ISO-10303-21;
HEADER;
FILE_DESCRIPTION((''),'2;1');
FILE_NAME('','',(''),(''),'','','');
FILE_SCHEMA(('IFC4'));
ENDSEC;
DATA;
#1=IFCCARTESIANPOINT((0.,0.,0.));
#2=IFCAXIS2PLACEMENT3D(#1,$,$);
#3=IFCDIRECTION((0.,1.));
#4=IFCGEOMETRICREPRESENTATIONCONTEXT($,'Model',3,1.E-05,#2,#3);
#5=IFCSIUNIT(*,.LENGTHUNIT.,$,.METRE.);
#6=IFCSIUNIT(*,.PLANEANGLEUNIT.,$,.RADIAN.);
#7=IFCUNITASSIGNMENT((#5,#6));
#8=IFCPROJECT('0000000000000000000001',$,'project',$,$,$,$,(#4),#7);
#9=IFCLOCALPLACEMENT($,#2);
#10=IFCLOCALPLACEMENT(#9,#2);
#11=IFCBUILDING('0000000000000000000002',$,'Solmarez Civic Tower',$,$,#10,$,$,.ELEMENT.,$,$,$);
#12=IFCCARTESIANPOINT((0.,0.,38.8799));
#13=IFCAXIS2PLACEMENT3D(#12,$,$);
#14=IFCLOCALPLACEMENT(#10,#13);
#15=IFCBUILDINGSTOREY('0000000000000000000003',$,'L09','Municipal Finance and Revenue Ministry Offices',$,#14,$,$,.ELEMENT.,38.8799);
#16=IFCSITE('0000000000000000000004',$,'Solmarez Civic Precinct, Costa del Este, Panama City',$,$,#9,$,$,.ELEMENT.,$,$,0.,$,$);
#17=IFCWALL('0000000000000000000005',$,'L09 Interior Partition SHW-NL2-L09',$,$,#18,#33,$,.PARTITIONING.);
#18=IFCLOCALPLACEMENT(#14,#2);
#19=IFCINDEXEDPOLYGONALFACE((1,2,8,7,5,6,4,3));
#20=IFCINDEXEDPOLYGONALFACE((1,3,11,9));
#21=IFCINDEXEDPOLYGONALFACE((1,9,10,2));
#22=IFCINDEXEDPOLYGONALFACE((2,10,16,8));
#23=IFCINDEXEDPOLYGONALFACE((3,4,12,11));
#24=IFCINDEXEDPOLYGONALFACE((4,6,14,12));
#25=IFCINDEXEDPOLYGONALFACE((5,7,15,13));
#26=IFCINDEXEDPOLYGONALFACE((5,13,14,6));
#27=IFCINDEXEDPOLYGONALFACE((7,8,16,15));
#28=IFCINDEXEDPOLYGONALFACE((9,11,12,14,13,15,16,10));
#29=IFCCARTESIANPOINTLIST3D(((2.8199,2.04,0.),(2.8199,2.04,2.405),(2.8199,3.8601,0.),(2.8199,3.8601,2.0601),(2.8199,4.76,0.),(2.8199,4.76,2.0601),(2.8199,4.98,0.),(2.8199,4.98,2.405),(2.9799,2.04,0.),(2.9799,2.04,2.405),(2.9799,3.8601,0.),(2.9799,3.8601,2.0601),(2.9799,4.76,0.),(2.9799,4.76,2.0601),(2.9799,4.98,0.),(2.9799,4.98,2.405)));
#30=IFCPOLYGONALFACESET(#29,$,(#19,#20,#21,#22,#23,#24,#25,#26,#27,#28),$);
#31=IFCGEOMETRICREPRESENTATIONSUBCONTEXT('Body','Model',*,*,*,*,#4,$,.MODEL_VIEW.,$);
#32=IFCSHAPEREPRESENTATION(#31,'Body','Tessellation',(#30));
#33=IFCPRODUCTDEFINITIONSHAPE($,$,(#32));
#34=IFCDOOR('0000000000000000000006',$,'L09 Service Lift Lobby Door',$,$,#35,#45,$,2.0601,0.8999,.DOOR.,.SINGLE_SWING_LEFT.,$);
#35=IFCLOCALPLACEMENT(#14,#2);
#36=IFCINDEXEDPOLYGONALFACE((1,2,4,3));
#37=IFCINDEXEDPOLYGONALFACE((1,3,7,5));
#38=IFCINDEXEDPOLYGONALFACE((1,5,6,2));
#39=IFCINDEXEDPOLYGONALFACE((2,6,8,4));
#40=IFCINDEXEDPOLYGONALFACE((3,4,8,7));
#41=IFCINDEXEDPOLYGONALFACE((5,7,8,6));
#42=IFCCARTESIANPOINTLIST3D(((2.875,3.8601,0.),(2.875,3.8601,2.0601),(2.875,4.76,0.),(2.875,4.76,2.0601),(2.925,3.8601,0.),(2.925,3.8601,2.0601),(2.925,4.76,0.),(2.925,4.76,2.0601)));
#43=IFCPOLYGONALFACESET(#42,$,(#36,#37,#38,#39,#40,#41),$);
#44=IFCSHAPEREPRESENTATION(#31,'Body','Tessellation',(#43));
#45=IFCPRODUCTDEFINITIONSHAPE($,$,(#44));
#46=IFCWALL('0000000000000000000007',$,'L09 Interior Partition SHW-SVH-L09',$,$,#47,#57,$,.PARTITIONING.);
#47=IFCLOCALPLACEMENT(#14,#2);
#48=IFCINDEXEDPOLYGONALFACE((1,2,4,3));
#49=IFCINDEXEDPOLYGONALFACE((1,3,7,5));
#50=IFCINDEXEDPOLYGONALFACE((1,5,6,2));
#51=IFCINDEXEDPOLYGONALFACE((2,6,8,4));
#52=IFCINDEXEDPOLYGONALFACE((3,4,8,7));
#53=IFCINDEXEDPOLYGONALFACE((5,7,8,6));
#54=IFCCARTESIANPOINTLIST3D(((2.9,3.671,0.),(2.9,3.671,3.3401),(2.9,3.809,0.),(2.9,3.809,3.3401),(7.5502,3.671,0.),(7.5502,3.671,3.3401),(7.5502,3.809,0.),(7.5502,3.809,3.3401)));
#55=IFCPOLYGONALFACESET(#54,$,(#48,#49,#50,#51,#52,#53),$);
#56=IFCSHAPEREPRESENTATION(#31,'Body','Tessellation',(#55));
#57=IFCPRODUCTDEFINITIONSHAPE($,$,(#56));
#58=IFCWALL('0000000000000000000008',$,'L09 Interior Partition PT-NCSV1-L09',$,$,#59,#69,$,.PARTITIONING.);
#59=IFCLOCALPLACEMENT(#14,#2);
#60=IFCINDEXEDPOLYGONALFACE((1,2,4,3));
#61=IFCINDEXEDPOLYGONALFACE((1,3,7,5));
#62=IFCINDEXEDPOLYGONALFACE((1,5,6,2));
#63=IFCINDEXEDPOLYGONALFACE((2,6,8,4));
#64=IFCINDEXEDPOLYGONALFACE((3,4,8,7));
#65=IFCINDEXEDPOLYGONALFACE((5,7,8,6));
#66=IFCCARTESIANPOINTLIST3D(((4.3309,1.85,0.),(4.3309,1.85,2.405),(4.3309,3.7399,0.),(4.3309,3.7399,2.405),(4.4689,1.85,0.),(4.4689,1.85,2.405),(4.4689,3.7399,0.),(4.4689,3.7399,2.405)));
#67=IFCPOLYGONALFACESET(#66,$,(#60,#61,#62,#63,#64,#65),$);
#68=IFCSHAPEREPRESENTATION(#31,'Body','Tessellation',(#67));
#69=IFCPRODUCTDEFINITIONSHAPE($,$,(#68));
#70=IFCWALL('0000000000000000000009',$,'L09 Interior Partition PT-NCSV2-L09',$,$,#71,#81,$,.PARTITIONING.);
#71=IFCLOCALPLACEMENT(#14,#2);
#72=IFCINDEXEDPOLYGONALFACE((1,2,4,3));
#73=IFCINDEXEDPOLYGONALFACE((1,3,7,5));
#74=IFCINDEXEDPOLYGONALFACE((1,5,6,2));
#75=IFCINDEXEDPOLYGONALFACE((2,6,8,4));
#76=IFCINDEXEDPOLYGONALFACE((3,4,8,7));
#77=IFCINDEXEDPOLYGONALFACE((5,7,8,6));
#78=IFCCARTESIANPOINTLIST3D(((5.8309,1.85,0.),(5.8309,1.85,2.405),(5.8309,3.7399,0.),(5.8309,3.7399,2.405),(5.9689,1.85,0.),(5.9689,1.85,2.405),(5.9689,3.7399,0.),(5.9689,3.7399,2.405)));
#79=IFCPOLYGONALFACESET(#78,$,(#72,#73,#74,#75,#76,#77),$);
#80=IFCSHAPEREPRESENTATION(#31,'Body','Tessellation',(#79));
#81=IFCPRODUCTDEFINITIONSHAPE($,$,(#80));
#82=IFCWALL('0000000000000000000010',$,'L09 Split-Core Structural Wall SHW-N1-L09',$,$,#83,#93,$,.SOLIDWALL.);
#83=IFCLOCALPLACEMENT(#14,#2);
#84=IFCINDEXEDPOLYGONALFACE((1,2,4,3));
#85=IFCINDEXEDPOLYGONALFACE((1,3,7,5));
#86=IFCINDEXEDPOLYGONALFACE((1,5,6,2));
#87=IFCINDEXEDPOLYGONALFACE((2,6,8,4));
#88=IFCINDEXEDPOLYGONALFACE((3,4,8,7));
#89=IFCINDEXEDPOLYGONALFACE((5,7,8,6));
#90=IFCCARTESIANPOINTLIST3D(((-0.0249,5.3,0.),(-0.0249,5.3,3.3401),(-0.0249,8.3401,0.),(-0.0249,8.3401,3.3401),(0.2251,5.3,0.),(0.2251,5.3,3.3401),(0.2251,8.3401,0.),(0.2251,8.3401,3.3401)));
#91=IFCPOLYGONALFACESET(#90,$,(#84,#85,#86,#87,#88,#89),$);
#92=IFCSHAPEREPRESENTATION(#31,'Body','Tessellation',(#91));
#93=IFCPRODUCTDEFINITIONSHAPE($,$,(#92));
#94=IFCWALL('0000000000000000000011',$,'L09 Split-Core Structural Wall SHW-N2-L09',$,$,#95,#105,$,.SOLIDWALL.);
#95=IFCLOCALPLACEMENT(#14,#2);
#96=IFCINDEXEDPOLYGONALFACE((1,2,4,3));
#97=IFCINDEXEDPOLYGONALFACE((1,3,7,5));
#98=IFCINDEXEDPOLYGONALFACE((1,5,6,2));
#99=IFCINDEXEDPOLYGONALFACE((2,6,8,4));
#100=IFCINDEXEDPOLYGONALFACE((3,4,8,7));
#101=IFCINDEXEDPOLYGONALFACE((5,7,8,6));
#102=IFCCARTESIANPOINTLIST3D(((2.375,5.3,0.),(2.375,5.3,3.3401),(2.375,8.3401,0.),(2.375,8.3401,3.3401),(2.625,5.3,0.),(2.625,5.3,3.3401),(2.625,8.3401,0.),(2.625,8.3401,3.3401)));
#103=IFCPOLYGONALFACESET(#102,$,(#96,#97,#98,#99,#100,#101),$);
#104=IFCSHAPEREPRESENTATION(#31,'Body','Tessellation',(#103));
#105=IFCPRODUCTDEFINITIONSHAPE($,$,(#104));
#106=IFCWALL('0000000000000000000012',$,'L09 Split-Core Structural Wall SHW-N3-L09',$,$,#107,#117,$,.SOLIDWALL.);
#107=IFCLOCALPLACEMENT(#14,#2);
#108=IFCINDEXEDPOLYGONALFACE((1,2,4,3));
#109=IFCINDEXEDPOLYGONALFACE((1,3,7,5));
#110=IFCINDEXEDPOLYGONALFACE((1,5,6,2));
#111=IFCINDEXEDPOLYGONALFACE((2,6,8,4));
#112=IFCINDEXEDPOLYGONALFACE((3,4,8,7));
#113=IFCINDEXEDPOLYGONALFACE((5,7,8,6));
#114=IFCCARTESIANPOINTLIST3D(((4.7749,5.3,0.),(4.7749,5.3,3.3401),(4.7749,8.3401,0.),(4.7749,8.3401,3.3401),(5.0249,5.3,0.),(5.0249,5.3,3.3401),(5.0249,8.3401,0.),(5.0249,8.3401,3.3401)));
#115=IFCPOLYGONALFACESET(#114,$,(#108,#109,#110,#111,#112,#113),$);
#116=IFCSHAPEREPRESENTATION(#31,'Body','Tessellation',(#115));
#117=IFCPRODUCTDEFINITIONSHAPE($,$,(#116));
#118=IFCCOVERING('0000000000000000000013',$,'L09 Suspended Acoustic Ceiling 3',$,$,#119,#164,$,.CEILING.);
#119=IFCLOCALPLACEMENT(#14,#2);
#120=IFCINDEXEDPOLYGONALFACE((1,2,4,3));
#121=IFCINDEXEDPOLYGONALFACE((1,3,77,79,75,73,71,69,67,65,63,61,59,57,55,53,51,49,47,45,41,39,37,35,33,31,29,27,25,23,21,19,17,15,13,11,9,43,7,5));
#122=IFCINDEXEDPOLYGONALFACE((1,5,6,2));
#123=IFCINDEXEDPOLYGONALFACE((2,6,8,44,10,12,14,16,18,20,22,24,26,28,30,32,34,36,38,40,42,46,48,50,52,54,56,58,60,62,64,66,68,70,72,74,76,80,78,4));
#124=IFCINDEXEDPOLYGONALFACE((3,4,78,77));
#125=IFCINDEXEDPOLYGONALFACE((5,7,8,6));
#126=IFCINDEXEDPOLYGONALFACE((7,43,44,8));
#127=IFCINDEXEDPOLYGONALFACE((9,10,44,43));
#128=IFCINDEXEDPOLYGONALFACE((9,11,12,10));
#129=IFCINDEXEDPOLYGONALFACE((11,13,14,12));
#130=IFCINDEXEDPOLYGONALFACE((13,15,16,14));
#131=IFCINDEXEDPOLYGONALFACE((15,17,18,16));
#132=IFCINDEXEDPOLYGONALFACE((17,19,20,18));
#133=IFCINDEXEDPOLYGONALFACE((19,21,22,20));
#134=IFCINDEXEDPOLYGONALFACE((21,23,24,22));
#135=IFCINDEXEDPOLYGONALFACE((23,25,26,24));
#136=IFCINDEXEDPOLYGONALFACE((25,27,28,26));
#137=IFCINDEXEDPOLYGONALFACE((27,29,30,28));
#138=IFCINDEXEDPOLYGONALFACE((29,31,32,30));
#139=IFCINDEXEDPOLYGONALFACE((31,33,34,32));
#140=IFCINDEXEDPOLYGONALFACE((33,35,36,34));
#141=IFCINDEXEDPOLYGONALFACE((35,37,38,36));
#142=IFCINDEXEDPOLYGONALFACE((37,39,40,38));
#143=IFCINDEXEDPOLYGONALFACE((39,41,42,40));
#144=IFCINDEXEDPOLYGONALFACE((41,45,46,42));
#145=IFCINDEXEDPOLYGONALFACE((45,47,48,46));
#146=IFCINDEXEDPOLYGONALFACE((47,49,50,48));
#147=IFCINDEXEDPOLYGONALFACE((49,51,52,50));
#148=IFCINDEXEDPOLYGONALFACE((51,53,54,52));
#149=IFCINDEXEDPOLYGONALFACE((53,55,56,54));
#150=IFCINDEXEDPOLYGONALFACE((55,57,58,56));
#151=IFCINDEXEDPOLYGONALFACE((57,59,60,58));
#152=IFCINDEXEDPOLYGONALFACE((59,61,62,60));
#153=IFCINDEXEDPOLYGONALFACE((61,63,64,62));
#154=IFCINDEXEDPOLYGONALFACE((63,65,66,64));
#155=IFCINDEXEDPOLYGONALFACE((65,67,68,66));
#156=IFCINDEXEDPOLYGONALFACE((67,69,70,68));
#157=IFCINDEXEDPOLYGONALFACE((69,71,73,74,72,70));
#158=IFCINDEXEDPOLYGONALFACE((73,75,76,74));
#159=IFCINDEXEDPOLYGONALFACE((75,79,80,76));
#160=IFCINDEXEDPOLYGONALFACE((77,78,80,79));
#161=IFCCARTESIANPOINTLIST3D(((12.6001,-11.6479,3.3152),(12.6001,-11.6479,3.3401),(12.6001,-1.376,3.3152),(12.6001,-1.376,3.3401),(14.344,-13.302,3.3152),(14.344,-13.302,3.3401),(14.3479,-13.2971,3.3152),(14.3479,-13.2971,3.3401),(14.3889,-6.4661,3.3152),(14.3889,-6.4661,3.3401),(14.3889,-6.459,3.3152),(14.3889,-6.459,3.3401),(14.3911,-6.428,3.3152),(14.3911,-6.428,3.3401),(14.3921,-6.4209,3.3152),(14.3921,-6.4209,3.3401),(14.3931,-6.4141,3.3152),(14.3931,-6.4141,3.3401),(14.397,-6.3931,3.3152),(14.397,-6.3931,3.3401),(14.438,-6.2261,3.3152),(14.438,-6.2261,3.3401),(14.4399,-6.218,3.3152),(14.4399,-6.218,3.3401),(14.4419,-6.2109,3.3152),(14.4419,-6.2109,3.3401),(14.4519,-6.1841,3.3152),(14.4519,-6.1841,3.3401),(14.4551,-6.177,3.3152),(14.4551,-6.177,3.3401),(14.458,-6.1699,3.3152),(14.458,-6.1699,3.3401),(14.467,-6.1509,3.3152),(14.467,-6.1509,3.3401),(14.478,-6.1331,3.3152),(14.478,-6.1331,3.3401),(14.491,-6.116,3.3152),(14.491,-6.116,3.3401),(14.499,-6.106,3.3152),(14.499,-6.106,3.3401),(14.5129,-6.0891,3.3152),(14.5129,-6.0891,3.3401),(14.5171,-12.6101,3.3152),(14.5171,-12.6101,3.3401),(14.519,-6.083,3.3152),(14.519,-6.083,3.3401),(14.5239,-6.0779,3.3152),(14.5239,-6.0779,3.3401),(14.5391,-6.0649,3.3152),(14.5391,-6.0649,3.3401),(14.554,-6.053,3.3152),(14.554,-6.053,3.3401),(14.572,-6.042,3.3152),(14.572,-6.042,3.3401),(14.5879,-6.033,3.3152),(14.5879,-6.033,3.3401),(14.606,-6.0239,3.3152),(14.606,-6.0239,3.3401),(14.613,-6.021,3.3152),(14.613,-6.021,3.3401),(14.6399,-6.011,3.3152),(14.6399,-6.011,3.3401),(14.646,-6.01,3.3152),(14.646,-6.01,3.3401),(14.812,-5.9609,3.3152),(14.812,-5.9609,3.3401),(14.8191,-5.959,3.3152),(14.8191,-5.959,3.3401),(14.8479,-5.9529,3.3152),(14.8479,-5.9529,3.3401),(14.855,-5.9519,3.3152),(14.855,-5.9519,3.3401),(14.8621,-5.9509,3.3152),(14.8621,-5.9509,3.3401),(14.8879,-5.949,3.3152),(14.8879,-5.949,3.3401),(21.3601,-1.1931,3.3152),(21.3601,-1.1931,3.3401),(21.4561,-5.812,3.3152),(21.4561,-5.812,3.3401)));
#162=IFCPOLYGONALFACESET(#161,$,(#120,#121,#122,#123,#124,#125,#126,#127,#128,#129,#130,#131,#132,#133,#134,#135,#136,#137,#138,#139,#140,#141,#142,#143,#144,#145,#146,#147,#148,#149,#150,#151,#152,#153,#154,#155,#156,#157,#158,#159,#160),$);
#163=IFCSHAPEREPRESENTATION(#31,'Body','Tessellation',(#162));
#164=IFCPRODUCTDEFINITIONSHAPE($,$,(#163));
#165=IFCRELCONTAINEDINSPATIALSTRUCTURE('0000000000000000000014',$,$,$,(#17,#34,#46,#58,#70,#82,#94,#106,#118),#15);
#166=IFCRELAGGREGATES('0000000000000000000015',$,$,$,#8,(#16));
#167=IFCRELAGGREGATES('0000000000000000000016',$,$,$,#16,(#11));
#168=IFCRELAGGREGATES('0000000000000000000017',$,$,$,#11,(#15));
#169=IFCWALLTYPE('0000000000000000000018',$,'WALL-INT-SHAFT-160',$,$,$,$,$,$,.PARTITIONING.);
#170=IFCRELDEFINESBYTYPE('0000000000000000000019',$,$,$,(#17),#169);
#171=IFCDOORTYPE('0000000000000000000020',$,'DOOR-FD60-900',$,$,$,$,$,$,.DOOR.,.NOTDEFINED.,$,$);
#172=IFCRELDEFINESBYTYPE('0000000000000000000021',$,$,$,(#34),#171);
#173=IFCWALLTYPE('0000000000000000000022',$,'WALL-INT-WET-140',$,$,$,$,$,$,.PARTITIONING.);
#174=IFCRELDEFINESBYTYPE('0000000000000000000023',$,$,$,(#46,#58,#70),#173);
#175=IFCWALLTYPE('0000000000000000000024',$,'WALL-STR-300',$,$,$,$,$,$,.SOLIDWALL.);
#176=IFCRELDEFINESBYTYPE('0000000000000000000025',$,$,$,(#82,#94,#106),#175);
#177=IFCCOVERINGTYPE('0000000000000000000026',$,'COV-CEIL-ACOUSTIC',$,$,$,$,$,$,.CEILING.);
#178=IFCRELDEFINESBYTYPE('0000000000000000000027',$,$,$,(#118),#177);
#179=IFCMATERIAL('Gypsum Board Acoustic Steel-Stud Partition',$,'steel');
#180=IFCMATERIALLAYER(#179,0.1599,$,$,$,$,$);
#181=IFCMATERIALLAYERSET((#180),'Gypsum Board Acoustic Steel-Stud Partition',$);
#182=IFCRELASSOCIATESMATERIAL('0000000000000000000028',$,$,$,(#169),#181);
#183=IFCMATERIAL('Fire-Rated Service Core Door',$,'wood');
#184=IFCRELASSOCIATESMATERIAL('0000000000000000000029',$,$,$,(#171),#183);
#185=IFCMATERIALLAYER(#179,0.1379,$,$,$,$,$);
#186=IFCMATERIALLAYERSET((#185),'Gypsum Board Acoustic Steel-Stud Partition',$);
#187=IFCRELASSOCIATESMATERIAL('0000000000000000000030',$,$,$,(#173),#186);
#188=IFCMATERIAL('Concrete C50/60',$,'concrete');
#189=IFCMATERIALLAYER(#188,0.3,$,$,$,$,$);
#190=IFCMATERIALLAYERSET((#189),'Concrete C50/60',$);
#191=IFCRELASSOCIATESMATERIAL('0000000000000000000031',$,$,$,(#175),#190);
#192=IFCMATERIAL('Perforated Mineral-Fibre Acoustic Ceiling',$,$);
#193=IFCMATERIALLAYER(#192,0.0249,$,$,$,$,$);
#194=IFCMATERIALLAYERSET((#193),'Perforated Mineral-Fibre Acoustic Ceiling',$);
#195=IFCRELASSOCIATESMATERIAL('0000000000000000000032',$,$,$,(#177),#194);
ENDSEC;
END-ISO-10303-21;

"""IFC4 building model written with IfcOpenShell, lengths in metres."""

from ifc_helpers import new_model, si_unit, direction, frame, frame_2d, origin, place, context, subcontext, project, spatial, polyline, rectangle, outline, extrude, material, layer, layer_set, type_object, element, fill, save


model = new_model("IFC4")

# Units and contexts
model_context = context("Model", 3, precision=1e-05, world=origin(), true_north=direction((0.0, 1.0)))
body_context = subcontext(model_context, "Body", "Model", "MODEL_VIEW")
ifc_project = project(units=[si_unit("LENGTHUNIT", "METRE"), si_unit("PLANEANGLEUNIT", "RADIAN")], contexts=[model_context])

# Site, building, storey
site_placement = place(None, origin())
site = spatial("IfcSite", under=ifc_project, at=site_placement, Name="Solmarez Civic Precinct, Costa del Este, Panama City", CompositionType="ELEMENT", RefElevation=0.0)
building_placement = place(site_placement, origin())
building = spatial("IfcBuilding", under=site, at=building_placement, Name="Solmarez Civic Tower", CompositionType="ELEMENT")
storey_placement = place(building_placement, frame((0.0, 0.0, 38.8799)))
storey = spatial("IfcBuildingStorey", under=building, at=storey_placement, Name="L09", Description="Municipal Finance and Revenue Ministry Offices", CompositionType="ELEMENT", Elevation=38.8799)

# Shared definitions
ifc_material_1 = material(Name="Gypsum Board Acoustic Steel-Stud Partition", Category="steel")

# Wall, opening, door
ifc_layer_1 = layer(ifc_material_1, 0.1599)
ifc_layer_set_1 = layer_set([ifc_layer_1], Name="Gypsum Board Acoustic Steel-Stud Partition")
wall_type_1 = type_object("IfcWallType", Name="WALL-INT-SHAFT-160", PredefinedType="PARTITIONING", material=ifc_layer_set_1)
wall_1_placement = place(storey_placement, frame((2.8999, 2.04, 0.0), z_axis=(0.0, 0.0, 1.0), x_axis=(0.0, 1.0, 0.0)))
wall_1 = element("IfcWall", 1, at=wall_1_placement, inside=storey, type_object=wall_type_1, Name="L09 Interior Partition SHW-NL2-L09", PredefinedType="PARTITIONING", context=body_context, shape_type="SweptSolid", body=[
    extrude(rectangle(XDim=2.9399, YDim=0.1599, at=frame_2d((1.47, 0.0))), origin(), (0.0, 0.0, 1.0), 2.405),
])
opening_1_placement = place(wall_1_placement, frame((1.8201, 0.0, 0.0)))
opening_1 = element("IfcOpeningElement", 2, at=opening_1_placement, cuts=wall_1, PredefinedType="OPENING", context=body_context, shape_type="SweptSolid", body=[
    extrude(rectangle(XDim=0.8999, YDim=2.0601, at=frame_2d((0.45, 1.03))), frame((0.0, 0.0898, 0.0), z_axis=(0.0, -1.0, 0.0), x_axis=(1.0, 0.0, 0.0)), (0.0, 0.0, 1.0), 0.1799),
])
ifc_material_2 = material(Name="Fire-Rated Service Core Door", Category="wood")
door_type_1 = type_object("IfcDoorType", Name="DOOR-FD60-900", OperationType="NOTDEFINED", PredefinedType="DOOR", material=ifc_material_2)
door_1_placement = place(opening_1_placement, origin())
door_1 = element("IfcDoor", 3, at=door_1_placement, inside=storey, type_object=door_type_1, Name="L09 Service Lift Lobby Door", OperationType="SINGLE_SWING_LEFT", OverallHeight=2.0601, OverallWidth=0.8999, PredefinedType="DOOR", context=body_context, shape_type="SweptSolid", body=[
    extrude(rectangle(XDim=0.8999, YDim=2.0601, at=frame_2d((0.45, 1.03))), frame((0.0, 0.0249, 0.0), z_axis=(0.0, -1.0, 0.0), x_axis=(1.0, 0.0, 0.0)), (0.0, 0.0, 1.0), 0.05),
])
fill(opening_1, door_1)

# Walls
ifc_layer_2 = layer(ifc_material_1, 0.1379)
ifc_layer_set_2 = layer_set([ifc_layer_2], Name="Gypsum Board Acoustic Steel-Stud Partition")
wall_type_2 = type_object("IfcWallType", Name="WALL-INT-WET-140", PredefinedType="PARTITIONING", material=ifc_layer_set_2)
wall_2_placement = place(storey_placement, frame((2.8999, 3.74, 0.0), z_axis=(0.0, 0.0, 1.0), x_axis=(1.0, 0.0, 0.0)))
element("IfcWall", 4, at=wall_2_placement, inside=storey, type_object=wall_type_2, Name="L09 Interior Partition SHW-SVH-L09", PredefinedType="PARTITIONING", context=body_context, shape_type="SweptSolid", body=[
    extrude(rectangle(XDim=4.6501, YDim=0.1379, at=frame_2d((2.3252, 0.0))), origin(), (0.0, 0.0, 1.0), 3.3401),
])
for number, where, z_axis, x_axis, name in (
    (5, (4.3999, 1.8501, 0.0), (0.0, 0.0, 1.0), (0.0, 1.0, 0.0), "L09 Interior Partition PT-NCSV1-L09"),
    (6, (5.8999, 1.8501, 0.0), (0.0, 0.0, 1.0), (0.0, 1.0, 0.0), "L09 Interior Partition PT-NCSV2-L09"),
):
    element("IfcWall", number, at=place(storey_placement, frame(where, z_axis=z_axis, x_axis=x_axis)), inside=storey, type_object=wall_type_2, Name=name, PredefinedType="PARTITIONING", context=body_context, shape_type="SweptSolid", body=[
        extrude(rectangle(XDim=1.8899, YDim=0.1379, at=frame_2d((0.9448, 0.0))), origin(), (0.0, 0.0, 1.0), 2.405),
    ])
ifc_material_3 = material(Name="Concrete C50/60", Category="concrete")
ifc_layer_3 = layer(ifc_material_3, 0.3)
ifc_layer_set_3 = layer_set([ifc_layer_3], Name="Concrete C50/60")
wall_type_3 = type_object("IfcWallType", Name="WALL-STR-300", PredefinedType="SOLIDWALL", material=ifc_layer_set_3)
for number, where, z_axis, x_axis, name in (
    (7, (0.1001, 5.3, 0.0), (0.0, 0.0, 1.0), (0.0, 1.0, 0.0), "L09 Split-Core Structural Wall SHW-N1-L09"),
    (8, (2.5, 5.3, 0.0), (0.0, 0.0, 1.0), (0.0, 1.0, 0.0), "L09 Split-Core Structural Wall SHW-N2-L09"),
    (9, (4.8999, 5.3, 0.0), (0.0, 0.0, 1.0), (0.0, 1.0, 0.0), "L09 Split-Core Structural Wall SHW-N3-L09"),
):
    element("IfcWall", number, at=place(storey_placement, frame(where, z_axis=z_axis, x_axis=x_axis)), inside=storey, type_object=wall_type_3, Name=name, PredefinedType="SOLIDWALL", context=body_context, shape_type="SweptSolid", body=[
        extrude(rectangle(XDim=3.04, YDim=0.25, at=frame_2d((1.52, 0.0))), origin(), (0.0, 0.0, 1.0), 3.3401),
    ])

# Covering
ifc_material_4 = material(Name="Perforated Mineral-Fibre Acoustic Ceiling")
ifc_layer_4 = layer(ifc_material_4, 0.0249)
ifc_layer_set_4 = layer_set([ifc_layer_4], Name="Perforated Mineral-Fibre Acoustic Ceiling")
covering_type_1 = type_object("IfcCoveringType", Name="COV-CEIL-ACOUSTIC", PredefinedType="CEILING", material=ifc_layer_set_4)
covering_1_placement = place(storey_placement, frame((0.0, 0.0, 3.3152)))
element("IfcCovering", 10, at=covering_1_placement, inside=storey, type_object=covering_type_1, Name="L09 Suspended Acoustic Ceiling 3", PredefinedType="CEILING", context=body_context, shape_type="SweptSolid", body=[
    extrude(outline(polyline([(12.6001, -1.376), (12.6001, -11.6479), (14.344, -13.302), (14.3479, -13.2971), (14.5171, -12.6101), (14.3889, -6.4661), (14.3889, -6.459), (14.3911, -6.428), (14.3921, -6.4209), (14.3931, -6.4141), (14.397, -6.3931), (14.438, -6.2261), (14.4399, -6.218), (14.4419, -6.2109), (14.4519, -6.1841), (14.4551, -6.177), (14.458, -6.1699), (14.467, -6.1509), (14.478, -6.1331), (14.491, -6.116), (14.499, -6.106), (14.5129, -6.0891), (14.519, -6.083), (14.5239, -6.0779), (14.5391, -6.0649), (14.554, -6.053), (14.572, -6.042), (14.5879, -6.033), (14.606, -6.0239), (14.613, -6.021), (14.6399, -6.011), (14.646, -6.01), (14.812, -5.9609), (14.8191, -5.959), (14.8479, -5.9529), (14.855, -5.9519), (14.8621, -5.9509), (14.8879, -5.949), (21.4561, -5.812), (21.3601, -1.1931), (12.6001, -1.376)])), origin(), (0.0, 0.0, 1.0), 0.0249),
])

save(model, "model.ifc")
